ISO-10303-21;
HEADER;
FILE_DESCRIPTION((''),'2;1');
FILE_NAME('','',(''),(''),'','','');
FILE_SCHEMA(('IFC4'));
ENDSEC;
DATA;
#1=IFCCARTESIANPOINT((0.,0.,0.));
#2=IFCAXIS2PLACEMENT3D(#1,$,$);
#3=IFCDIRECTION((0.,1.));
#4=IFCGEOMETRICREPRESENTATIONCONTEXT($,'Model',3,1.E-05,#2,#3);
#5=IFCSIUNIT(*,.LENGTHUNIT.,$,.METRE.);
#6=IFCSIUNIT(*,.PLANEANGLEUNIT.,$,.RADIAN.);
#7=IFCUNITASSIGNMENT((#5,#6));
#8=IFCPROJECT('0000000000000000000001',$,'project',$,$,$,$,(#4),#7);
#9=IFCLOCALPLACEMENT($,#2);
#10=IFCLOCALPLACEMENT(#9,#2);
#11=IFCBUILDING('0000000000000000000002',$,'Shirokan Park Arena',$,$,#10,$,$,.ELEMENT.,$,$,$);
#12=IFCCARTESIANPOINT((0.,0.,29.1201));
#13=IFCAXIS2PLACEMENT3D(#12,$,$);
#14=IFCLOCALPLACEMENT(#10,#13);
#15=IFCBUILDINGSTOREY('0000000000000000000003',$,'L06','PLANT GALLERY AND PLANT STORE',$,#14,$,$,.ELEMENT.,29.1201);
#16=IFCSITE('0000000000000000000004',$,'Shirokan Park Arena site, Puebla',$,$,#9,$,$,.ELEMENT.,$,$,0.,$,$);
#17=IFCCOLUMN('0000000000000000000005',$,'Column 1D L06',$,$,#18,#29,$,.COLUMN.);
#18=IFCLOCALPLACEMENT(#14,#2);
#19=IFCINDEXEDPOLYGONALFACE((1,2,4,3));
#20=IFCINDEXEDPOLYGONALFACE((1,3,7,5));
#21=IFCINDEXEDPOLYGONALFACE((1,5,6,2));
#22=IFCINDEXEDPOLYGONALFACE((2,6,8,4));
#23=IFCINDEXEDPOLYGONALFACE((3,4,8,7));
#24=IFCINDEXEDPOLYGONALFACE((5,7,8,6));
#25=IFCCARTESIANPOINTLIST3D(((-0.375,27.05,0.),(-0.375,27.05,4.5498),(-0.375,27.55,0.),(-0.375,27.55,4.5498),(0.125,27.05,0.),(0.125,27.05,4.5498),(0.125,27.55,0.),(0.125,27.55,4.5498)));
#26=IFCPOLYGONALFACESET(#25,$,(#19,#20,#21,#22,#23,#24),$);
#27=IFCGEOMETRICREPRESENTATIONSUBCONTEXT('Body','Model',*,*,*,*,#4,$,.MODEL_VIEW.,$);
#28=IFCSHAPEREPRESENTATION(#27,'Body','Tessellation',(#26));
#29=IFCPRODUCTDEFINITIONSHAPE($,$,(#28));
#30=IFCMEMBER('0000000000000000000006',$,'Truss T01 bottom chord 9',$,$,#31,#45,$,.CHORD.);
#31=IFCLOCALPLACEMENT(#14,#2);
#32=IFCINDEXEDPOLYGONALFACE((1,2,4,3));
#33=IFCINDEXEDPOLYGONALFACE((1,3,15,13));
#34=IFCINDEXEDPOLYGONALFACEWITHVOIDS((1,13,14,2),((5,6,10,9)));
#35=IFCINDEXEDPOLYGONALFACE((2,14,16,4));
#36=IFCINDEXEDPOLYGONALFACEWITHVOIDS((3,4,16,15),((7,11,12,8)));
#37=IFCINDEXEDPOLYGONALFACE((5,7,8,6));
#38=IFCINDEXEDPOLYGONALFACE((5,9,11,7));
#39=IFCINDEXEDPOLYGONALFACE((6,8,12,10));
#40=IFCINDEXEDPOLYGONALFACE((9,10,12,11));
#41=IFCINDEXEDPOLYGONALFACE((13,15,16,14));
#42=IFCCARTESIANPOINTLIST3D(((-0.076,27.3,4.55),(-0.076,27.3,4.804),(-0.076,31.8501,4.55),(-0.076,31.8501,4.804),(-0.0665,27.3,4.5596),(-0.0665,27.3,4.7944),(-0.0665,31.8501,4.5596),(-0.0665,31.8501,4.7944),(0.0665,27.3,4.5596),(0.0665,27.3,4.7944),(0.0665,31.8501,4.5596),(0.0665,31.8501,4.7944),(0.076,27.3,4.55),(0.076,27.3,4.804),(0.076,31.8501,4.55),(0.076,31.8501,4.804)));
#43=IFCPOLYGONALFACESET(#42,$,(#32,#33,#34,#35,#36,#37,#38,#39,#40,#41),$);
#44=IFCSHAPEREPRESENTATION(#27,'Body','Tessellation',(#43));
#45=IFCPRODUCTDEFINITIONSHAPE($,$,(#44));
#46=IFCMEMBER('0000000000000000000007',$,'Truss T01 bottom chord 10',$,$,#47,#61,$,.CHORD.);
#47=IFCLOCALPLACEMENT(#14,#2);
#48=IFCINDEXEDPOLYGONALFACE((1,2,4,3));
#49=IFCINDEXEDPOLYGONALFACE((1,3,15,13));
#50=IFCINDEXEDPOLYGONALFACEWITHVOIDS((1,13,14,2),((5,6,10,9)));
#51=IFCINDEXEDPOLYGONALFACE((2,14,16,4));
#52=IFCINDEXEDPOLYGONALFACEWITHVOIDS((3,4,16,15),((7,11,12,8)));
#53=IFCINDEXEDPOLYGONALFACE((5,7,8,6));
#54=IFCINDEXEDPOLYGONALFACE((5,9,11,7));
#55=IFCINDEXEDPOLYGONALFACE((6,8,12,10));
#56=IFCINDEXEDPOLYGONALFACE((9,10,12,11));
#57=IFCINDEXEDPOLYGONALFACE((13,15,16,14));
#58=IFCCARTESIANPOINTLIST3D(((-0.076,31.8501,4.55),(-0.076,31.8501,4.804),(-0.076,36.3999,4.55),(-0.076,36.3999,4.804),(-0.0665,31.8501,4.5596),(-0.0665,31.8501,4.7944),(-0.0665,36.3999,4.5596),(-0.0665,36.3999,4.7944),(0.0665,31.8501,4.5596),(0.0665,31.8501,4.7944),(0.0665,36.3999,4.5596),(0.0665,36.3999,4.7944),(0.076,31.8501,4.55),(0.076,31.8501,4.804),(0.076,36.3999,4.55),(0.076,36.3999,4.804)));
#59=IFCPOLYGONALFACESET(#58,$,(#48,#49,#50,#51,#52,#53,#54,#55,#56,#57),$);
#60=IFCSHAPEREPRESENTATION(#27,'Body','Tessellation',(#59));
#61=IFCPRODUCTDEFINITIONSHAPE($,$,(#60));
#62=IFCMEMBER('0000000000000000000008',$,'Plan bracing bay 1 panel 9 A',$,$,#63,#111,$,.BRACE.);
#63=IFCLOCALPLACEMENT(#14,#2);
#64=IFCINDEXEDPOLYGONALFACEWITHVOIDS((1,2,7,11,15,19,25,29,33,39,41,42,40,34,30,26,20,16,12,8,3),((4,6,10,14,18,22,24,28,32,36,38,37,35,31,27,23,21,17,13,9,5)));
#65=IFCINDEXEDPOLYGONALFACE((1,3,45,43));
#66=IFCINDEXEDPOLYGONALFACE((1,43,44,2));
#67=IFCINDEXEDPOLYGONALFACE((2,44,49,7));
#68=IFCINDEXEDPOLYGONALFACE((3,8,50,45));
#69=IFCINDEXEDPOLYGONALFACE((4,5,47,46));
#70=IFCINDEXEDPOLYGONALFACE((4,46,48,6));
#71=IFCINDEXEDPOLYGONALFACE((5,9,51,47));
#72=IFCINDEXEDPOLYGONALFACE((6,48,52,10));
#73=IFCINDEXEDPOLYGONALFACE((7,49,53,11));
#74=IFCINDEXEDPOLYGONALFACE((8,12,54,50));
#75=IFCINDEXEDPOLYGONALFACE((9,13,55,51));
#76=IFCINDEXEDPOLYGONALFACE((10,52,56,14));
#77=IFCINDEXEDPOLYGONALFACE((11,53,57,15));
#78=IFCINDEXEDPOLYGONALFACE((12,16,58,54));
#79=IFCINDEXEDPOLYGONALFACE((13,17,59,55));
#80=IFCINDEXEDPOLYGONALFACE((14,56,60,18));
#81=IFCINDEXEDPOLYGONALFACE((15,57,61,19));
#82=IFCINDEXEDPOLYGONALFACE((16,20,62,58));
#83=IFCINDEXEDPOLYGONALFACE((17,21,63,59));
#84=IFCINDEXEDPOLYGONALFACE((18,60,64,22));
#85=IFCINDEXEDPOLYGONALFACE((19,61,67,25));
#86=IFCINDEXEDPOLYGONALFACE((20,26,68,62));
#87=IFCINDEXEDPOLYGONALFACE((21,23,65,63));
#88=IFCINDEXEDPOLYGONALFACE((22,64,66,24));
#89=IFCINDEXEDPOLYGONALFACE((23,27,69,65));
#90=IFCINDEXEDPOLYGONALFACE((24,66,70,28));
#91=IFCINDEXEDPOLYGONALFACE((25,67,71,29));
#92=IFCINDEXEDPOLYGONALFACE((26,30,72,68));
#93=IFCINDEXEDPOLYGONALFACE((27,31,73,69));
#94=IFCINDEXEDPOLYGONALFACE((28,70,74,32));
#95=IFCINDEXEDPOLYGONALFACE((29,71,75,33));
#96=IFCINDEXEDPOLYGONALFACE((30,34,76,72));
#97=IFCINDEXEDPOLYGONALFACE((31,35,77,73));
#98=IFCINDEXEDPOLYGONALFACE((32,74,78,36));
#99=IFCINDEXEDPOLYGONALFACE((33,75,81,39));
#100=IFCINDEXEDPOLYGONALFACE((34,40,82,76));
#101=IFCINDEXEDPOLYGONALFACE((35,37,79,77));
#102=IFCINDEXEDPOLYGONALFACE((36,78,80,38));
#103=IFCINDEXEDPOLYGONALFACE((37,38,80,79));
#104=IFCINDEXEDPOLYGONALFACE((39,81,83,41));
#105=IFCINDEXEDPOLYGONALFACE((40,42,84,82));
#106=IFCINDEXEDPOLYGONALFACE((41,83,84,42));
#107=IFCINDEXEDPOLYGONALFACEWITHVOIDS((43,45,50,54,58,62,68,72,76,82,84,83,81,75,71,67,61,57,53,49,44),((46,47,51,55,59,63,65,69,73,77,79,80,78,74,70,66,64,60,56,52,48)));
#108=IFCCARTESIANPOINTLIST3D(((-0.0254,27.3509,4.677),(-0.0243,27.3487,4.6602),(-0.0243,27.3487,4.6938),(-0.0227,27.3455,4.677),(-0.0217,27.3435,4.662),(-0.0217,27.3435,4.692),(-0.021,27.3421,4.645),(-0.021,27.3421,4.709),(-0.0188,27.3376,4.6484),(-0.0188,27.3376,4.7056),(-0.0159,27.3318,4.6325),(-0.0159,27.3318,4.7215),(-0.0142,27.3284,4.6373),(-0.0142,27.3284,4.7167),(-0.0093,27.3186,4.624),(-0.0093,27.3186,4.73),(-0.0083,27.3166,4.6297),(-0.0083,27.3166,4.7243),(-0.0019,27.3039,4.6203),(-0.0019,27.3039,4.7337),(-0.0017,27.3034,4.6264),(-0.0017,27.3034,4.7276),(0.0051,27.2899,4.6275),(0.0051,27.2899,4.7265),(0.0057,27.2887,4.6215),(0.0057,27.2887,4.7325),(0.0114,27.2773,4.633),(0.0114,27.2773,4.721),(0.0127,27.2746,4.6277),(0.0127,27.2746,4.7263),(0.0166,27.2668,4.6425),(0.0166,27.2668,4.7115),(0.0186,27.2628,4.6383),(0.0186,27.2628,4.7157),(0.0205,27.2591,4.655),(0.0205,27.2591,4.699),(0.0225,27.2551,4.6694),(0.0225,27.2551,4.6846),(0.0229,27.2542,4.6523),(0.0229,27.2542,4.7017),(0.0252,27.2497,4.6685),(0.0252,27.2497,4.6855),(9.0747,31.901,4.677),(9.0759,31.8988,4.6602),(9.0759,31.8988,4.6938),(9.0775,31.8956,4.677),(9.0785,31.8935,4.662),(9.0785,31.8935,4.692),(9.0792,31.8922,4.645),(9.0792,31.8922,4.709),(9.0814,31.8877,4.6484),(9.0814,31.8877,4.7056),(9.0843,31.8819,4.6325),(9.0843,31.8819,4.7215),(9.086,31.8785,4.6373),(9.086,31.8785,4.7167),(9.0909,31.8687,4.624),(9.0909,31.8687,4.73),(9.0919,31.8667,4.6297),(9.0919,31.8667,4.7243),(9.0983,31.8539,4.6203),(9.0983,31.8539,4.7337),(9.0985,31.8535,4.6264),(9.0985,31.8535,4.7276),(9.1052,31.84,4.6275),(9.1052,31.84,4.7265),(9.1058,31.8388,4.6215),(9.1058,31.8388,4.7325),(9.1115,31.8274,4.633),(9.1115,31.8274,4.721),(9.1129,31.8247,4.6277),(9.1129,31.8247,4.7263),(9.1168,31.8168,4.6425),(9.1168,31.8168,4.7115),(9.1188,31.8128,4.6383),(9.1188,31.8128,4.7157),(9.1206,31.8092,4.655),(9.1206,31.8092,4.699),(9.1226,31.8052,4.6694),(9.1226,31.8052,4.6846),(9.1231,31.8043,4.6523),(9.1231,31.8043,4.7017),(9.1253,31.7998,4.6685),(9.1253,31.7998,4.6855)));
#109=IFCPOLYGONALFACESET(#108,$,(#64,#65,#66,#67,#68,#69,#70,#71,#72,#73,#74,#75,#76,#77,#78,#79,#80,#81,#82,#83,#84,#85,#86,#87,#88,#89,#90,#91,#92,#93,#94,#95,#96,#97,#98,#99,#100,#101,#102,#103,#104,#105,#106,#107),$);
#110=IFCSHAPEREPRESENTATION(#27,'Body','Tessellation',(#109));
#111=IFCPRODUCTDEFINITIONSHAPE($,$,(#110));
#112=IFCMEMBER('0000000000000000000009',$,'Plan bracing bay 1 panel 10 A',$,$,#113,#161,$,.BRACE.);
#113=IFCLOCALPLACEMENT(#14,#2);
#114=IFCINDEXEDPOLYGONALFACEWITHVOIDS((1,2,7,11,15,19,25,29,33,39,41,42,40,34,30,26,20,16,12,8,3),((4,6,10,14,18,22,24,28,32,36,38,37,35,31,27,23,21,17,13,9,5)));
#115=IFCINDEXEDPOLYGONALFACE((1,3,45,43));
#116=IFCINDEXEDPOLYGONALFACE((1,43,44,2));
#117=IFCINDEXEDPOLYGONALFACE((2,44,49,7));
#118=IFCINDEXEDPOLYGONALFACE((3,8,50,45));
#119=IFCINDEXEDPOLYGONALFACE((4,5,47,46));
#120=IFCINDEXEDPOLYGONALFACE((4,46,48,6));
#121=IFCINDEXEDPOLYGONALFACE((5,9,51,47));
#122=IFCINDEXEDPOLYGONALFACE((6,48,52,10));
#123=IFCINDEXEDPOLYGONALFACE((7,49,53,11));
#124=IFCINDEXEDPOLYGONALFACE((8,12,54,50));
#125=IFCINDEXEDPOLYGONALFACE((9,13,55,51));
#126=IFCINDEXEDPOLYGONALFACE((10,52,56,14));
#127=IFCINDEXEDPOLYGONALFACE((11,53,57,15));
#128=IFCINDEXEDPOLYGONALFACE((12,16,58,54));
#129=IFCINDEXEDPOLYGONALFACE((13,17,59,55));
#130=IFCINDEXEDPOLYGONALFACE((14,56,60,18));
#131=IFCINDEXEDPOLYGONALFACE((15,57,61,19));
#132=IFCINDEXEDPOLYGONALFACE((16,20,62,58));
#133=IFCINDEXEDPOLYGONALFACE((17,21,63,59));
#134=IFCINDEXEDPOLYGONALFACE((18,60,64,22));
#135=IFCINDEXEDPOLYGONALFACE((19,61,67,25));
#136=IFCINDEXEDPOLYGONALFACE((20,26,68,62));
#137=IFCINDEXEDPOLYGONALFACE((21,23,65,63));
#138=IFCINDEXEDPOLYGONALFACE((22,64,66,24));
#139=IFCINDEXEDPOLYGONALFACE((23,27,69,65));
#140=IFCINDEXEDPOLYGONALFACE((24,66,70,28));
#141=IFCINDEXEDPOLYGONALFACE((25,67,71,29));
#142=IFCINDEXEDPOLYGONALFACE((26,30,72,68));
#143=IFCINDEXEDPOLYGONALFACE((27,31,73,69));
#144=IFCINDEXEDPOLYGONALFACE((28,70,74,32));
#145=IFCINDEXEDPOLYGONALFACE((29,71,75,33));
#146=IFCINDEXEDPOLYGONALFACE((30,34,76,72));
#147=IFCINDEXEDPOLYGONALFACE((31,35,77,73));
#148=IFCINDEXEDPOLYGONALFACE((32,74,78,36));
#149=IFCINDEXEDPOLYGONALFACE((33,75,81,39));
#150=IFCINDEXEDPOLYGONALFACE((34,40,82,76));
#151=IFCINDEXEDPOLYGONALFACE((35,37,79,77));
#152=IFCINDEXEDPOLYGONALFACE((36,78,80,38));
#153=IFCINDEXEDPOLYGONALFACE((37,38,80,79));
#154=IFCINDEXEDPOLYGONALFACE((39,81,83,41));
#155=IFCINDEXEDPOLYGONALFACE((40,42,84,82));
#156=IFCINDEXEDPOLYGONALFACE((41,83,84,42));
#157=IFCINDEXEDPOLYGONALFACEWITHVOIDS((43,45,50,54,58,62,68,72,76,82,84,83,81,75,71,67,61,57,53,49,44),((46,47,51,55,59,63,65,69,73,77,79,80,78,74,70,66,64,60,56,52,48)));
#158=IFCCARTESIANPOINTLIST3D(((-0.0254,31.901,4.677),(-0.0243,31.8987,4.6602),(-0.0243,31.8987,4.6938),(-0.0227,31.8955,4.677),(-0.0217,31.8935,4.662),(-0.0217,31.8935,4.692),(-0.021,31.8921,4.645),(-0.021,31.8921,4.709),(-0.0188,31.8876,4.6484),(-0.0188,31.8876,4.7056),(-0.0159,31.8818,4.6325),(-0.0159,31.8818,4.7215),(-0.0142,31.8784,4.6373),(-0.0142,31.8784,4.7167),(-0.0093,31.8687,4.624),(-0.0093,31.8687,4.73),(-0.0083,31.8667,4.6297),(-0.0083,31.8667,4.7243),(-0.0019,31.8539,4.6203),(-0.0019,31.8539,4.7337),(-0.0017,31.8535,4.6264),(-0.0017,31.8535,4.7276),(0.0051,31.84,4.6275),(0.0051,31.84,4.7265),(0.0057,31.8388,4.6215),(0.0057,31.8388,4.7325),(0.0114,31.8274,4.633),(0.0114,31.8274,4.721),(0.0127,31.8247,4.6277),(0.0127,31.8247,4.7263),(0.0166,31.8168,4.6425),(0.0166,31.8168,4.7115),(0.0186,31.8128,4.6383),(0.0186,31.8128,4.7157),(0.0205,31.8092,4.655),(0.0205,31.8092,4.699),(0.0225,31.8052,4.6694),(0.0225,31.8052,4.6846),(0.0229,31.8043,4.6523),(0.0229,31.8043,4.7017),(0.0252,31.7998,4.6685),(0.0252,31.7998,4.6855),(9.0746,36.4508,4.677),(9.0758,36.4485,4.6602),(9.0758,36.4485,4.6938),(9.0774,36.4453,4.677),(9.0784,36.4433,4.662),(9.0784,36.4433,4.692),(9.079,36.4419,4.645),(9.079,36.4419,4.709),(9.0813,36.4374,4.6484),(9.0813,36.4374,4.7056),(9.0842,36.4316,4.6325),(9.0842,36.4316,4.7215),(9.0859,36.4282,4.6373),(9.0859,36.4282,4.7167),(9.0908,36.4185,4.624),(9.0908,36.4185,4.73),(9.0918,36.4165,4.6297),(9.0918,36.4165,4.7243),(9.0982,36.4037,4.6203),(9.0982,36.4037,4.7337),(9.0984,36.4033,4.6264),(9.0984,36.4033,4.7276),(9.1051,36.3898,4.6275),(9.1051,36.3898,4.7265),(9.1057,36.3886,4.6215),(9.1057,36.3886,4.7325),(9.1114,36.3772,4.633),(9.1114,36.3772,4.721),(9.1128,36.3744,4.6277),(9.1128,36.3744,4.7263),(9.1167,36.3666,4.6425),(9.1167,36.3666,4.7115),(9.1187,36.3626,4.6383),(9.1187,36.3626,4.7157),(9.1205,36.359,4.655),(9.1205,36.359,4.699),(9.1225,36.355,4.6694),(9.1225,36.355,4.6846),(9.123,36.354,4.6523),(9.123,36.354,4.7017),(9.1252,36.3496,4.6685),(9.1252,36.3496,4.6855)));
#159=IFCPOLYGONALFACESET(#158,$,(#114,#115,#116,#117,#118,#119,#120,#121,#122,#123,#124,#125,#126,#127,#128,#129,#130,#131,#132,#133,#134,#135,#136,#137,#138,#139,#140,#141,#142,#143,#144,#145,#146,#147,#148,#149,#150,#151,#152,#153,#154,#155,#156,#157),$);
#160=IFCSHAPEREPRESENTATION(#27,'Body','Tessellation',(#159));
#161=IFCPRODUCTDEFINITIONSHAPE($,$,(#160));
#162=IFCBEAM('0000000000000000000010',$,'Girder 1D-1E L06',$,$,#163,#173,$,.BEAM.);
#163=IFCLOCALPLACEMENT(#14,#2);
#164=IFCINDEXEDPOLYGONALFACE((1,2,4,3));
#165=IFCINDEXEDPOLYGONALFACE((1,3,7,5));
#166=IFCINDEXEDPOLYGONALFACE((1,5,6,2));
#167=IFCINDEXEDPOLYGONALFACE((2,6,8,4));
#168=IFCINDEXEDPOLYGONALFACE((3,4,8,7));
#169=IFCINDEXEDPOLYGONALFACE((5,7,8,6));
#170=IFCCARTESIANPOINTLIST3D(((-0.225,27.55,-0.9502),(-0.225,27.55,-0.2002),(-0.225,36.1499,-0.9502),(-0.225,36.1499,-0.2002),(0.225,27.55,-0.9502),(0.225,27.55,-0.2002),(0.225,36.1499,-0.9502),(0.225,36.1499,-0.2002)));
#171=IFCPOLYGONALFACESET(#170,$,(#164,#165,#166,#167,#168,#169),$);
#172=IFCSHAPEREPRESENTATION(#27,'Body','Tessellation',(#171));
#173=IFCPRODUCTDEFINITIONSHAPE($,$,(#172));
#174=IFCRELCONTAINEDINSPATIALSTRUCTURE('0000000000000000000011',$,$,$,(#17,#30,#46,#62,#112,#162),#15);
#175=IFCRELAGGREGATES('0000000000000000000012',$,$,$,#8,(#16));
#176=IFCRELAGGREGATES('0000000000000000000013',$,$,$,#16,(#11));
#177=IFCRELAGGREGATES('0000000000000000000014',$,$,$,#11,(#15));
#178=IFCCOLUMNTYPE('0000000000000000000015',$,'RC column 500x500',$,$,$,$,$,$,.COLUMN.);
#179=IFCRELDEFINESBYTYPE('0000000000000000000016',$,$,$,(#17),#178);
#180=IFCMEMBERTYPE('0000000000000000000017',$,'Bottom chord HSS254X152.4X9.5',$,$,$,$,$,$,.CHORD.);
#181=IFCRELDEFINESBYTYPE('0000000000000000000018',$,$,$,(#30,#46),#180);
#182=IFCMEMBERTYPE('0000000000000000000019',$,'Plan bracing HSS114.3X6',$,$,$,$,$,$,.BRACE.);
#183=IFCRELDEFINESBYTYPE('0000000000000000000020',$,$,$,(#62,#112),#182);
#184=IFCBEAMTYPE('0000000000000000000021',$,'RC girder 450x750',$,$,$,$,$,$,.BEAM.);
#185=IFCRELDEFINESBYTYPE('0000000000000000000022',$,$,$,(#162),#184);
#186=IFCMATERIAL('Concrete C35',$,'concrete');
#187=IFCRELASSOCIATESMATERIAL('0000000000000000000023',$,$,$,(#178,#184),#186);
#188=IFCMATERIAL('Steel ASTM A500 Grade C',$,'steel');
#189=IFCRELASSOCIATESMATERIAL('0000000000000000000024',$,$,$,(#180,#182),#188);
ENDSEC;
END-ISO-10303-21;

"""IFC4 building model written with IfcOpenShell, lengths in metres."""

from ifc_helpers import new_model, si_unit, direction, frame, origin, origin_2d, place, context, subcontext, project, spatial, rectangle, hollow_rectangle, hollow_circle, extrude, material, material_profile, profile_set, type_object, element, save


model = new_model("IFC4")

# Units and contexts
model_context = context("Model", 3, precision=1e-05, world=origin(), true_north=direction((0.0, 1.0)))
body_context = subcontext(model_context, "Body", "Model", "MODEL_VIEW")
ifc_project = project(units=[si_unit("LENGTHUNIT", "METRE"), si_unit("PLANEANGLEUNIT", "RADIAN")], contexts=[model_context])

# Site, building, storey
site_placement = place(None, origin())
site = spatial("IfcSite", under=ifc_project, at=site_placement, Name="Shirokan Park Arena site, Puebla", CompositionType="ELEMENT", RefElevation=0.0)
building_placement = place(site_placement, origin())
building = spatial("IfcBuilding", under=site, at=building_placement, Name="Shirokan Park Arena", CompositionType="ELEMENT")
storey_placement = place(building_placement, frame((0.0, 0.0, 29.1201)))
storey = spatial("IfcBuildingStorey", under=building, at=storey_placement, Name="L06", Description="PLANT GALLERY AND PLANT STORE", CompositionType="ELEMENT", Elevation=29.1201)

# Column
ifc_material_1 = material(Name="Concrete C35", Category="concrete")
ifc_material_profile_1 = material_profile(ifc_material_1, rectangle(XDim=0.5, YDim=0.5, at=origin_2d()), Name="500x500")
ifc_profile_set_1 = profile_set([ifc_material_profile_1], Name="Concrete C35")
column_type = type_object("IfcColumnType", Name="RC column 500x500", PredefinedType="COLUMN", material=ifc_profile_set_1)
column_placement = place(storey_placement, frame((-0.125, 27.3, 0.0), z_axis=(0.0, 0.0, 1.0), x_axis=(1.0, 0.0, 0.0)))
element("IfcColumn", 1, at=column_placement, inside=storey, type_object=column_type, Name="Column 1D L06", PredefinedType="COLUMN", context=body_context, shape_type="SweptSolid", body=[
    extrude(rectangle(XDim=0.5, YDim=0.5, at=origin_2d()), origin(), (0.0, 0.0, 1.0), 4.5498),
])

# Members
ifc_material_2 = material(Name="Steel ASTM A500 Grade C", Category="steel")
ifc_material_profile_2 = material_profile(ifc_material_2, hollow_rectangle(XDim=0.1521, YDim=0.2539, WallThickness=0.0095, at=origin_2d()), Name="HSS254X152.4X9.5")
ifc_profile_set_2 = profile_set([ifc_material_profile_2], Name="Steel ASTM A500 Grade C")
member_type_1 = type_object("IfcMemberType", Name="Bottom chord HSS254X152.4X9.5", PredefinedType="CHORD", material=ifc_profile_set_2)
member_1_placement = place(storey_placement, frame((0.0, 27.3, 4.677), z_axis=(0.0, 1.0, 0.0), x_axis=(-1.0, 0.0, 0.0)))
element("IfcMember", 2, at=member_1_placement, inside=storey, type_object=member_type_1, Name="Truss T01 bottom chord 9", PredefinedType="CHORD", context=body_context, shape_type="SweptSolid", body=[
    extrude(hollow_rectangle(XDim=0.1521, YDim=0.2539, WallThickness=0.0095, at=origin_2d()), origin(), (0.0, 0.0, 1.0), 4.55),
])
member_2_placement = place(storey_placement, frame((0.0, 31.8501, 4.677), z_axis=(0.0, 1.0, 0.0), x_axis=(-1.0, 0.0, 0.0)))
element("IfcMember", 3, at=member_2_placement, inside=storey, type_object=member_type_1, Name="Truss T01 bottom chord 10", PredefinedType="CHORD", context=body_context, shape_type="SweptSolid", body=[
    extrude(hollow_rectangle(XDim=0.1521, YDim=0.2539, WallThickness=0.0095, at=origin_2d()), origin(), (0.0, 0.0, 1.0), 4.5498),
])
ifc_material_profile_3 = material_profile(ifc_material_2, hollow_circle(Radius=0.0569, WallThickness=0.0061, at=origin_2d()), Name="HSS114.3X6")
ifc_profile_set_3 = profile_set([ifc_material_profile_3], Name="Steel ASTM A500 Grade C")
member_type_2 = type_object("IfcMemberType", Name="Plan bracing HSS114.3X6", PredefinedType="BRACE", material=ifc_profile_set_3)
member_3_placement = place(storey_placement, frame((0.0, 27.3, 4.677), z_axis=(0.894427, 0.447214, 0.0), x_axis=(-0.447214, 0.894427, 0.0)))
element("IfcMember", 4, at=member_3_placement, inside=storey, type_object=member_type_2, Name="Plan bracing bay 1 panel 9 A", PredefinedType="BRACE", context=body_context, shape_type="SweptSolid", body=[
    extrude(hollow_circle(Radius=0.0569, WallThickness=0.0061, at=origin_2d()), origin(), (0.0, 0.0, 1.0), 10.1743),
])
member_4_placement = place(storey_placement, frame((0.0, 31.8501, 4.677), z_axis=(0.894437, 0.447194, 0.0), x_axis=(-0.447194, 0.894437, 0.0)))
element("IfcMember", 5, at=member_4_placement, inside=storey, type_object=member_type_2, Name="Plan bracing bay 1 panel 10 A", PredefinedType="BRACE", context=body_context, shape_type="SweptSolid", body=[
    extrude(hollow_circle(Radius=0.0569, WallThickness=0.0061, at=origin_2d()), origin(), (0.0, 0.0, 1.0), 10.1741),
])

# Beam
ifc_material_profile_4 = material_profile(ifc_material_1, rectangle(XDim=0.45, YDim=0.75, at=origin_2d()), Name="450x750")
ifc_profile_set_4 = profile_set([ifc_material_profile_4], Name="Concrete C35")
beam_type = type_object("IfcBeamType", Name="RC girder 450x750", PredefinedType="BEAM", material=ifc_profile_set_4)
beam_placement = place(storey_placement, frame((0.0, 27.55, -0.5752), z_axis=(0.0, 1.0, 0.0), x_axis=(-1.0, 0.0, 0.0)))
element("IfcBeam", 6, at=beam_placement, inside=storey, type_object=beam_type, Name="Girder 1D-1E L06", PredefinedType="BEAM", context=body_context, shape_type="SweptSolid", body=[
    extrude(rectangle(XDim=0.45, YDim=0.75, at=origin_2d()), origin(), (0.0, 0.0, 1.0), 8.5999),
])

save(model, "model.ifc")
